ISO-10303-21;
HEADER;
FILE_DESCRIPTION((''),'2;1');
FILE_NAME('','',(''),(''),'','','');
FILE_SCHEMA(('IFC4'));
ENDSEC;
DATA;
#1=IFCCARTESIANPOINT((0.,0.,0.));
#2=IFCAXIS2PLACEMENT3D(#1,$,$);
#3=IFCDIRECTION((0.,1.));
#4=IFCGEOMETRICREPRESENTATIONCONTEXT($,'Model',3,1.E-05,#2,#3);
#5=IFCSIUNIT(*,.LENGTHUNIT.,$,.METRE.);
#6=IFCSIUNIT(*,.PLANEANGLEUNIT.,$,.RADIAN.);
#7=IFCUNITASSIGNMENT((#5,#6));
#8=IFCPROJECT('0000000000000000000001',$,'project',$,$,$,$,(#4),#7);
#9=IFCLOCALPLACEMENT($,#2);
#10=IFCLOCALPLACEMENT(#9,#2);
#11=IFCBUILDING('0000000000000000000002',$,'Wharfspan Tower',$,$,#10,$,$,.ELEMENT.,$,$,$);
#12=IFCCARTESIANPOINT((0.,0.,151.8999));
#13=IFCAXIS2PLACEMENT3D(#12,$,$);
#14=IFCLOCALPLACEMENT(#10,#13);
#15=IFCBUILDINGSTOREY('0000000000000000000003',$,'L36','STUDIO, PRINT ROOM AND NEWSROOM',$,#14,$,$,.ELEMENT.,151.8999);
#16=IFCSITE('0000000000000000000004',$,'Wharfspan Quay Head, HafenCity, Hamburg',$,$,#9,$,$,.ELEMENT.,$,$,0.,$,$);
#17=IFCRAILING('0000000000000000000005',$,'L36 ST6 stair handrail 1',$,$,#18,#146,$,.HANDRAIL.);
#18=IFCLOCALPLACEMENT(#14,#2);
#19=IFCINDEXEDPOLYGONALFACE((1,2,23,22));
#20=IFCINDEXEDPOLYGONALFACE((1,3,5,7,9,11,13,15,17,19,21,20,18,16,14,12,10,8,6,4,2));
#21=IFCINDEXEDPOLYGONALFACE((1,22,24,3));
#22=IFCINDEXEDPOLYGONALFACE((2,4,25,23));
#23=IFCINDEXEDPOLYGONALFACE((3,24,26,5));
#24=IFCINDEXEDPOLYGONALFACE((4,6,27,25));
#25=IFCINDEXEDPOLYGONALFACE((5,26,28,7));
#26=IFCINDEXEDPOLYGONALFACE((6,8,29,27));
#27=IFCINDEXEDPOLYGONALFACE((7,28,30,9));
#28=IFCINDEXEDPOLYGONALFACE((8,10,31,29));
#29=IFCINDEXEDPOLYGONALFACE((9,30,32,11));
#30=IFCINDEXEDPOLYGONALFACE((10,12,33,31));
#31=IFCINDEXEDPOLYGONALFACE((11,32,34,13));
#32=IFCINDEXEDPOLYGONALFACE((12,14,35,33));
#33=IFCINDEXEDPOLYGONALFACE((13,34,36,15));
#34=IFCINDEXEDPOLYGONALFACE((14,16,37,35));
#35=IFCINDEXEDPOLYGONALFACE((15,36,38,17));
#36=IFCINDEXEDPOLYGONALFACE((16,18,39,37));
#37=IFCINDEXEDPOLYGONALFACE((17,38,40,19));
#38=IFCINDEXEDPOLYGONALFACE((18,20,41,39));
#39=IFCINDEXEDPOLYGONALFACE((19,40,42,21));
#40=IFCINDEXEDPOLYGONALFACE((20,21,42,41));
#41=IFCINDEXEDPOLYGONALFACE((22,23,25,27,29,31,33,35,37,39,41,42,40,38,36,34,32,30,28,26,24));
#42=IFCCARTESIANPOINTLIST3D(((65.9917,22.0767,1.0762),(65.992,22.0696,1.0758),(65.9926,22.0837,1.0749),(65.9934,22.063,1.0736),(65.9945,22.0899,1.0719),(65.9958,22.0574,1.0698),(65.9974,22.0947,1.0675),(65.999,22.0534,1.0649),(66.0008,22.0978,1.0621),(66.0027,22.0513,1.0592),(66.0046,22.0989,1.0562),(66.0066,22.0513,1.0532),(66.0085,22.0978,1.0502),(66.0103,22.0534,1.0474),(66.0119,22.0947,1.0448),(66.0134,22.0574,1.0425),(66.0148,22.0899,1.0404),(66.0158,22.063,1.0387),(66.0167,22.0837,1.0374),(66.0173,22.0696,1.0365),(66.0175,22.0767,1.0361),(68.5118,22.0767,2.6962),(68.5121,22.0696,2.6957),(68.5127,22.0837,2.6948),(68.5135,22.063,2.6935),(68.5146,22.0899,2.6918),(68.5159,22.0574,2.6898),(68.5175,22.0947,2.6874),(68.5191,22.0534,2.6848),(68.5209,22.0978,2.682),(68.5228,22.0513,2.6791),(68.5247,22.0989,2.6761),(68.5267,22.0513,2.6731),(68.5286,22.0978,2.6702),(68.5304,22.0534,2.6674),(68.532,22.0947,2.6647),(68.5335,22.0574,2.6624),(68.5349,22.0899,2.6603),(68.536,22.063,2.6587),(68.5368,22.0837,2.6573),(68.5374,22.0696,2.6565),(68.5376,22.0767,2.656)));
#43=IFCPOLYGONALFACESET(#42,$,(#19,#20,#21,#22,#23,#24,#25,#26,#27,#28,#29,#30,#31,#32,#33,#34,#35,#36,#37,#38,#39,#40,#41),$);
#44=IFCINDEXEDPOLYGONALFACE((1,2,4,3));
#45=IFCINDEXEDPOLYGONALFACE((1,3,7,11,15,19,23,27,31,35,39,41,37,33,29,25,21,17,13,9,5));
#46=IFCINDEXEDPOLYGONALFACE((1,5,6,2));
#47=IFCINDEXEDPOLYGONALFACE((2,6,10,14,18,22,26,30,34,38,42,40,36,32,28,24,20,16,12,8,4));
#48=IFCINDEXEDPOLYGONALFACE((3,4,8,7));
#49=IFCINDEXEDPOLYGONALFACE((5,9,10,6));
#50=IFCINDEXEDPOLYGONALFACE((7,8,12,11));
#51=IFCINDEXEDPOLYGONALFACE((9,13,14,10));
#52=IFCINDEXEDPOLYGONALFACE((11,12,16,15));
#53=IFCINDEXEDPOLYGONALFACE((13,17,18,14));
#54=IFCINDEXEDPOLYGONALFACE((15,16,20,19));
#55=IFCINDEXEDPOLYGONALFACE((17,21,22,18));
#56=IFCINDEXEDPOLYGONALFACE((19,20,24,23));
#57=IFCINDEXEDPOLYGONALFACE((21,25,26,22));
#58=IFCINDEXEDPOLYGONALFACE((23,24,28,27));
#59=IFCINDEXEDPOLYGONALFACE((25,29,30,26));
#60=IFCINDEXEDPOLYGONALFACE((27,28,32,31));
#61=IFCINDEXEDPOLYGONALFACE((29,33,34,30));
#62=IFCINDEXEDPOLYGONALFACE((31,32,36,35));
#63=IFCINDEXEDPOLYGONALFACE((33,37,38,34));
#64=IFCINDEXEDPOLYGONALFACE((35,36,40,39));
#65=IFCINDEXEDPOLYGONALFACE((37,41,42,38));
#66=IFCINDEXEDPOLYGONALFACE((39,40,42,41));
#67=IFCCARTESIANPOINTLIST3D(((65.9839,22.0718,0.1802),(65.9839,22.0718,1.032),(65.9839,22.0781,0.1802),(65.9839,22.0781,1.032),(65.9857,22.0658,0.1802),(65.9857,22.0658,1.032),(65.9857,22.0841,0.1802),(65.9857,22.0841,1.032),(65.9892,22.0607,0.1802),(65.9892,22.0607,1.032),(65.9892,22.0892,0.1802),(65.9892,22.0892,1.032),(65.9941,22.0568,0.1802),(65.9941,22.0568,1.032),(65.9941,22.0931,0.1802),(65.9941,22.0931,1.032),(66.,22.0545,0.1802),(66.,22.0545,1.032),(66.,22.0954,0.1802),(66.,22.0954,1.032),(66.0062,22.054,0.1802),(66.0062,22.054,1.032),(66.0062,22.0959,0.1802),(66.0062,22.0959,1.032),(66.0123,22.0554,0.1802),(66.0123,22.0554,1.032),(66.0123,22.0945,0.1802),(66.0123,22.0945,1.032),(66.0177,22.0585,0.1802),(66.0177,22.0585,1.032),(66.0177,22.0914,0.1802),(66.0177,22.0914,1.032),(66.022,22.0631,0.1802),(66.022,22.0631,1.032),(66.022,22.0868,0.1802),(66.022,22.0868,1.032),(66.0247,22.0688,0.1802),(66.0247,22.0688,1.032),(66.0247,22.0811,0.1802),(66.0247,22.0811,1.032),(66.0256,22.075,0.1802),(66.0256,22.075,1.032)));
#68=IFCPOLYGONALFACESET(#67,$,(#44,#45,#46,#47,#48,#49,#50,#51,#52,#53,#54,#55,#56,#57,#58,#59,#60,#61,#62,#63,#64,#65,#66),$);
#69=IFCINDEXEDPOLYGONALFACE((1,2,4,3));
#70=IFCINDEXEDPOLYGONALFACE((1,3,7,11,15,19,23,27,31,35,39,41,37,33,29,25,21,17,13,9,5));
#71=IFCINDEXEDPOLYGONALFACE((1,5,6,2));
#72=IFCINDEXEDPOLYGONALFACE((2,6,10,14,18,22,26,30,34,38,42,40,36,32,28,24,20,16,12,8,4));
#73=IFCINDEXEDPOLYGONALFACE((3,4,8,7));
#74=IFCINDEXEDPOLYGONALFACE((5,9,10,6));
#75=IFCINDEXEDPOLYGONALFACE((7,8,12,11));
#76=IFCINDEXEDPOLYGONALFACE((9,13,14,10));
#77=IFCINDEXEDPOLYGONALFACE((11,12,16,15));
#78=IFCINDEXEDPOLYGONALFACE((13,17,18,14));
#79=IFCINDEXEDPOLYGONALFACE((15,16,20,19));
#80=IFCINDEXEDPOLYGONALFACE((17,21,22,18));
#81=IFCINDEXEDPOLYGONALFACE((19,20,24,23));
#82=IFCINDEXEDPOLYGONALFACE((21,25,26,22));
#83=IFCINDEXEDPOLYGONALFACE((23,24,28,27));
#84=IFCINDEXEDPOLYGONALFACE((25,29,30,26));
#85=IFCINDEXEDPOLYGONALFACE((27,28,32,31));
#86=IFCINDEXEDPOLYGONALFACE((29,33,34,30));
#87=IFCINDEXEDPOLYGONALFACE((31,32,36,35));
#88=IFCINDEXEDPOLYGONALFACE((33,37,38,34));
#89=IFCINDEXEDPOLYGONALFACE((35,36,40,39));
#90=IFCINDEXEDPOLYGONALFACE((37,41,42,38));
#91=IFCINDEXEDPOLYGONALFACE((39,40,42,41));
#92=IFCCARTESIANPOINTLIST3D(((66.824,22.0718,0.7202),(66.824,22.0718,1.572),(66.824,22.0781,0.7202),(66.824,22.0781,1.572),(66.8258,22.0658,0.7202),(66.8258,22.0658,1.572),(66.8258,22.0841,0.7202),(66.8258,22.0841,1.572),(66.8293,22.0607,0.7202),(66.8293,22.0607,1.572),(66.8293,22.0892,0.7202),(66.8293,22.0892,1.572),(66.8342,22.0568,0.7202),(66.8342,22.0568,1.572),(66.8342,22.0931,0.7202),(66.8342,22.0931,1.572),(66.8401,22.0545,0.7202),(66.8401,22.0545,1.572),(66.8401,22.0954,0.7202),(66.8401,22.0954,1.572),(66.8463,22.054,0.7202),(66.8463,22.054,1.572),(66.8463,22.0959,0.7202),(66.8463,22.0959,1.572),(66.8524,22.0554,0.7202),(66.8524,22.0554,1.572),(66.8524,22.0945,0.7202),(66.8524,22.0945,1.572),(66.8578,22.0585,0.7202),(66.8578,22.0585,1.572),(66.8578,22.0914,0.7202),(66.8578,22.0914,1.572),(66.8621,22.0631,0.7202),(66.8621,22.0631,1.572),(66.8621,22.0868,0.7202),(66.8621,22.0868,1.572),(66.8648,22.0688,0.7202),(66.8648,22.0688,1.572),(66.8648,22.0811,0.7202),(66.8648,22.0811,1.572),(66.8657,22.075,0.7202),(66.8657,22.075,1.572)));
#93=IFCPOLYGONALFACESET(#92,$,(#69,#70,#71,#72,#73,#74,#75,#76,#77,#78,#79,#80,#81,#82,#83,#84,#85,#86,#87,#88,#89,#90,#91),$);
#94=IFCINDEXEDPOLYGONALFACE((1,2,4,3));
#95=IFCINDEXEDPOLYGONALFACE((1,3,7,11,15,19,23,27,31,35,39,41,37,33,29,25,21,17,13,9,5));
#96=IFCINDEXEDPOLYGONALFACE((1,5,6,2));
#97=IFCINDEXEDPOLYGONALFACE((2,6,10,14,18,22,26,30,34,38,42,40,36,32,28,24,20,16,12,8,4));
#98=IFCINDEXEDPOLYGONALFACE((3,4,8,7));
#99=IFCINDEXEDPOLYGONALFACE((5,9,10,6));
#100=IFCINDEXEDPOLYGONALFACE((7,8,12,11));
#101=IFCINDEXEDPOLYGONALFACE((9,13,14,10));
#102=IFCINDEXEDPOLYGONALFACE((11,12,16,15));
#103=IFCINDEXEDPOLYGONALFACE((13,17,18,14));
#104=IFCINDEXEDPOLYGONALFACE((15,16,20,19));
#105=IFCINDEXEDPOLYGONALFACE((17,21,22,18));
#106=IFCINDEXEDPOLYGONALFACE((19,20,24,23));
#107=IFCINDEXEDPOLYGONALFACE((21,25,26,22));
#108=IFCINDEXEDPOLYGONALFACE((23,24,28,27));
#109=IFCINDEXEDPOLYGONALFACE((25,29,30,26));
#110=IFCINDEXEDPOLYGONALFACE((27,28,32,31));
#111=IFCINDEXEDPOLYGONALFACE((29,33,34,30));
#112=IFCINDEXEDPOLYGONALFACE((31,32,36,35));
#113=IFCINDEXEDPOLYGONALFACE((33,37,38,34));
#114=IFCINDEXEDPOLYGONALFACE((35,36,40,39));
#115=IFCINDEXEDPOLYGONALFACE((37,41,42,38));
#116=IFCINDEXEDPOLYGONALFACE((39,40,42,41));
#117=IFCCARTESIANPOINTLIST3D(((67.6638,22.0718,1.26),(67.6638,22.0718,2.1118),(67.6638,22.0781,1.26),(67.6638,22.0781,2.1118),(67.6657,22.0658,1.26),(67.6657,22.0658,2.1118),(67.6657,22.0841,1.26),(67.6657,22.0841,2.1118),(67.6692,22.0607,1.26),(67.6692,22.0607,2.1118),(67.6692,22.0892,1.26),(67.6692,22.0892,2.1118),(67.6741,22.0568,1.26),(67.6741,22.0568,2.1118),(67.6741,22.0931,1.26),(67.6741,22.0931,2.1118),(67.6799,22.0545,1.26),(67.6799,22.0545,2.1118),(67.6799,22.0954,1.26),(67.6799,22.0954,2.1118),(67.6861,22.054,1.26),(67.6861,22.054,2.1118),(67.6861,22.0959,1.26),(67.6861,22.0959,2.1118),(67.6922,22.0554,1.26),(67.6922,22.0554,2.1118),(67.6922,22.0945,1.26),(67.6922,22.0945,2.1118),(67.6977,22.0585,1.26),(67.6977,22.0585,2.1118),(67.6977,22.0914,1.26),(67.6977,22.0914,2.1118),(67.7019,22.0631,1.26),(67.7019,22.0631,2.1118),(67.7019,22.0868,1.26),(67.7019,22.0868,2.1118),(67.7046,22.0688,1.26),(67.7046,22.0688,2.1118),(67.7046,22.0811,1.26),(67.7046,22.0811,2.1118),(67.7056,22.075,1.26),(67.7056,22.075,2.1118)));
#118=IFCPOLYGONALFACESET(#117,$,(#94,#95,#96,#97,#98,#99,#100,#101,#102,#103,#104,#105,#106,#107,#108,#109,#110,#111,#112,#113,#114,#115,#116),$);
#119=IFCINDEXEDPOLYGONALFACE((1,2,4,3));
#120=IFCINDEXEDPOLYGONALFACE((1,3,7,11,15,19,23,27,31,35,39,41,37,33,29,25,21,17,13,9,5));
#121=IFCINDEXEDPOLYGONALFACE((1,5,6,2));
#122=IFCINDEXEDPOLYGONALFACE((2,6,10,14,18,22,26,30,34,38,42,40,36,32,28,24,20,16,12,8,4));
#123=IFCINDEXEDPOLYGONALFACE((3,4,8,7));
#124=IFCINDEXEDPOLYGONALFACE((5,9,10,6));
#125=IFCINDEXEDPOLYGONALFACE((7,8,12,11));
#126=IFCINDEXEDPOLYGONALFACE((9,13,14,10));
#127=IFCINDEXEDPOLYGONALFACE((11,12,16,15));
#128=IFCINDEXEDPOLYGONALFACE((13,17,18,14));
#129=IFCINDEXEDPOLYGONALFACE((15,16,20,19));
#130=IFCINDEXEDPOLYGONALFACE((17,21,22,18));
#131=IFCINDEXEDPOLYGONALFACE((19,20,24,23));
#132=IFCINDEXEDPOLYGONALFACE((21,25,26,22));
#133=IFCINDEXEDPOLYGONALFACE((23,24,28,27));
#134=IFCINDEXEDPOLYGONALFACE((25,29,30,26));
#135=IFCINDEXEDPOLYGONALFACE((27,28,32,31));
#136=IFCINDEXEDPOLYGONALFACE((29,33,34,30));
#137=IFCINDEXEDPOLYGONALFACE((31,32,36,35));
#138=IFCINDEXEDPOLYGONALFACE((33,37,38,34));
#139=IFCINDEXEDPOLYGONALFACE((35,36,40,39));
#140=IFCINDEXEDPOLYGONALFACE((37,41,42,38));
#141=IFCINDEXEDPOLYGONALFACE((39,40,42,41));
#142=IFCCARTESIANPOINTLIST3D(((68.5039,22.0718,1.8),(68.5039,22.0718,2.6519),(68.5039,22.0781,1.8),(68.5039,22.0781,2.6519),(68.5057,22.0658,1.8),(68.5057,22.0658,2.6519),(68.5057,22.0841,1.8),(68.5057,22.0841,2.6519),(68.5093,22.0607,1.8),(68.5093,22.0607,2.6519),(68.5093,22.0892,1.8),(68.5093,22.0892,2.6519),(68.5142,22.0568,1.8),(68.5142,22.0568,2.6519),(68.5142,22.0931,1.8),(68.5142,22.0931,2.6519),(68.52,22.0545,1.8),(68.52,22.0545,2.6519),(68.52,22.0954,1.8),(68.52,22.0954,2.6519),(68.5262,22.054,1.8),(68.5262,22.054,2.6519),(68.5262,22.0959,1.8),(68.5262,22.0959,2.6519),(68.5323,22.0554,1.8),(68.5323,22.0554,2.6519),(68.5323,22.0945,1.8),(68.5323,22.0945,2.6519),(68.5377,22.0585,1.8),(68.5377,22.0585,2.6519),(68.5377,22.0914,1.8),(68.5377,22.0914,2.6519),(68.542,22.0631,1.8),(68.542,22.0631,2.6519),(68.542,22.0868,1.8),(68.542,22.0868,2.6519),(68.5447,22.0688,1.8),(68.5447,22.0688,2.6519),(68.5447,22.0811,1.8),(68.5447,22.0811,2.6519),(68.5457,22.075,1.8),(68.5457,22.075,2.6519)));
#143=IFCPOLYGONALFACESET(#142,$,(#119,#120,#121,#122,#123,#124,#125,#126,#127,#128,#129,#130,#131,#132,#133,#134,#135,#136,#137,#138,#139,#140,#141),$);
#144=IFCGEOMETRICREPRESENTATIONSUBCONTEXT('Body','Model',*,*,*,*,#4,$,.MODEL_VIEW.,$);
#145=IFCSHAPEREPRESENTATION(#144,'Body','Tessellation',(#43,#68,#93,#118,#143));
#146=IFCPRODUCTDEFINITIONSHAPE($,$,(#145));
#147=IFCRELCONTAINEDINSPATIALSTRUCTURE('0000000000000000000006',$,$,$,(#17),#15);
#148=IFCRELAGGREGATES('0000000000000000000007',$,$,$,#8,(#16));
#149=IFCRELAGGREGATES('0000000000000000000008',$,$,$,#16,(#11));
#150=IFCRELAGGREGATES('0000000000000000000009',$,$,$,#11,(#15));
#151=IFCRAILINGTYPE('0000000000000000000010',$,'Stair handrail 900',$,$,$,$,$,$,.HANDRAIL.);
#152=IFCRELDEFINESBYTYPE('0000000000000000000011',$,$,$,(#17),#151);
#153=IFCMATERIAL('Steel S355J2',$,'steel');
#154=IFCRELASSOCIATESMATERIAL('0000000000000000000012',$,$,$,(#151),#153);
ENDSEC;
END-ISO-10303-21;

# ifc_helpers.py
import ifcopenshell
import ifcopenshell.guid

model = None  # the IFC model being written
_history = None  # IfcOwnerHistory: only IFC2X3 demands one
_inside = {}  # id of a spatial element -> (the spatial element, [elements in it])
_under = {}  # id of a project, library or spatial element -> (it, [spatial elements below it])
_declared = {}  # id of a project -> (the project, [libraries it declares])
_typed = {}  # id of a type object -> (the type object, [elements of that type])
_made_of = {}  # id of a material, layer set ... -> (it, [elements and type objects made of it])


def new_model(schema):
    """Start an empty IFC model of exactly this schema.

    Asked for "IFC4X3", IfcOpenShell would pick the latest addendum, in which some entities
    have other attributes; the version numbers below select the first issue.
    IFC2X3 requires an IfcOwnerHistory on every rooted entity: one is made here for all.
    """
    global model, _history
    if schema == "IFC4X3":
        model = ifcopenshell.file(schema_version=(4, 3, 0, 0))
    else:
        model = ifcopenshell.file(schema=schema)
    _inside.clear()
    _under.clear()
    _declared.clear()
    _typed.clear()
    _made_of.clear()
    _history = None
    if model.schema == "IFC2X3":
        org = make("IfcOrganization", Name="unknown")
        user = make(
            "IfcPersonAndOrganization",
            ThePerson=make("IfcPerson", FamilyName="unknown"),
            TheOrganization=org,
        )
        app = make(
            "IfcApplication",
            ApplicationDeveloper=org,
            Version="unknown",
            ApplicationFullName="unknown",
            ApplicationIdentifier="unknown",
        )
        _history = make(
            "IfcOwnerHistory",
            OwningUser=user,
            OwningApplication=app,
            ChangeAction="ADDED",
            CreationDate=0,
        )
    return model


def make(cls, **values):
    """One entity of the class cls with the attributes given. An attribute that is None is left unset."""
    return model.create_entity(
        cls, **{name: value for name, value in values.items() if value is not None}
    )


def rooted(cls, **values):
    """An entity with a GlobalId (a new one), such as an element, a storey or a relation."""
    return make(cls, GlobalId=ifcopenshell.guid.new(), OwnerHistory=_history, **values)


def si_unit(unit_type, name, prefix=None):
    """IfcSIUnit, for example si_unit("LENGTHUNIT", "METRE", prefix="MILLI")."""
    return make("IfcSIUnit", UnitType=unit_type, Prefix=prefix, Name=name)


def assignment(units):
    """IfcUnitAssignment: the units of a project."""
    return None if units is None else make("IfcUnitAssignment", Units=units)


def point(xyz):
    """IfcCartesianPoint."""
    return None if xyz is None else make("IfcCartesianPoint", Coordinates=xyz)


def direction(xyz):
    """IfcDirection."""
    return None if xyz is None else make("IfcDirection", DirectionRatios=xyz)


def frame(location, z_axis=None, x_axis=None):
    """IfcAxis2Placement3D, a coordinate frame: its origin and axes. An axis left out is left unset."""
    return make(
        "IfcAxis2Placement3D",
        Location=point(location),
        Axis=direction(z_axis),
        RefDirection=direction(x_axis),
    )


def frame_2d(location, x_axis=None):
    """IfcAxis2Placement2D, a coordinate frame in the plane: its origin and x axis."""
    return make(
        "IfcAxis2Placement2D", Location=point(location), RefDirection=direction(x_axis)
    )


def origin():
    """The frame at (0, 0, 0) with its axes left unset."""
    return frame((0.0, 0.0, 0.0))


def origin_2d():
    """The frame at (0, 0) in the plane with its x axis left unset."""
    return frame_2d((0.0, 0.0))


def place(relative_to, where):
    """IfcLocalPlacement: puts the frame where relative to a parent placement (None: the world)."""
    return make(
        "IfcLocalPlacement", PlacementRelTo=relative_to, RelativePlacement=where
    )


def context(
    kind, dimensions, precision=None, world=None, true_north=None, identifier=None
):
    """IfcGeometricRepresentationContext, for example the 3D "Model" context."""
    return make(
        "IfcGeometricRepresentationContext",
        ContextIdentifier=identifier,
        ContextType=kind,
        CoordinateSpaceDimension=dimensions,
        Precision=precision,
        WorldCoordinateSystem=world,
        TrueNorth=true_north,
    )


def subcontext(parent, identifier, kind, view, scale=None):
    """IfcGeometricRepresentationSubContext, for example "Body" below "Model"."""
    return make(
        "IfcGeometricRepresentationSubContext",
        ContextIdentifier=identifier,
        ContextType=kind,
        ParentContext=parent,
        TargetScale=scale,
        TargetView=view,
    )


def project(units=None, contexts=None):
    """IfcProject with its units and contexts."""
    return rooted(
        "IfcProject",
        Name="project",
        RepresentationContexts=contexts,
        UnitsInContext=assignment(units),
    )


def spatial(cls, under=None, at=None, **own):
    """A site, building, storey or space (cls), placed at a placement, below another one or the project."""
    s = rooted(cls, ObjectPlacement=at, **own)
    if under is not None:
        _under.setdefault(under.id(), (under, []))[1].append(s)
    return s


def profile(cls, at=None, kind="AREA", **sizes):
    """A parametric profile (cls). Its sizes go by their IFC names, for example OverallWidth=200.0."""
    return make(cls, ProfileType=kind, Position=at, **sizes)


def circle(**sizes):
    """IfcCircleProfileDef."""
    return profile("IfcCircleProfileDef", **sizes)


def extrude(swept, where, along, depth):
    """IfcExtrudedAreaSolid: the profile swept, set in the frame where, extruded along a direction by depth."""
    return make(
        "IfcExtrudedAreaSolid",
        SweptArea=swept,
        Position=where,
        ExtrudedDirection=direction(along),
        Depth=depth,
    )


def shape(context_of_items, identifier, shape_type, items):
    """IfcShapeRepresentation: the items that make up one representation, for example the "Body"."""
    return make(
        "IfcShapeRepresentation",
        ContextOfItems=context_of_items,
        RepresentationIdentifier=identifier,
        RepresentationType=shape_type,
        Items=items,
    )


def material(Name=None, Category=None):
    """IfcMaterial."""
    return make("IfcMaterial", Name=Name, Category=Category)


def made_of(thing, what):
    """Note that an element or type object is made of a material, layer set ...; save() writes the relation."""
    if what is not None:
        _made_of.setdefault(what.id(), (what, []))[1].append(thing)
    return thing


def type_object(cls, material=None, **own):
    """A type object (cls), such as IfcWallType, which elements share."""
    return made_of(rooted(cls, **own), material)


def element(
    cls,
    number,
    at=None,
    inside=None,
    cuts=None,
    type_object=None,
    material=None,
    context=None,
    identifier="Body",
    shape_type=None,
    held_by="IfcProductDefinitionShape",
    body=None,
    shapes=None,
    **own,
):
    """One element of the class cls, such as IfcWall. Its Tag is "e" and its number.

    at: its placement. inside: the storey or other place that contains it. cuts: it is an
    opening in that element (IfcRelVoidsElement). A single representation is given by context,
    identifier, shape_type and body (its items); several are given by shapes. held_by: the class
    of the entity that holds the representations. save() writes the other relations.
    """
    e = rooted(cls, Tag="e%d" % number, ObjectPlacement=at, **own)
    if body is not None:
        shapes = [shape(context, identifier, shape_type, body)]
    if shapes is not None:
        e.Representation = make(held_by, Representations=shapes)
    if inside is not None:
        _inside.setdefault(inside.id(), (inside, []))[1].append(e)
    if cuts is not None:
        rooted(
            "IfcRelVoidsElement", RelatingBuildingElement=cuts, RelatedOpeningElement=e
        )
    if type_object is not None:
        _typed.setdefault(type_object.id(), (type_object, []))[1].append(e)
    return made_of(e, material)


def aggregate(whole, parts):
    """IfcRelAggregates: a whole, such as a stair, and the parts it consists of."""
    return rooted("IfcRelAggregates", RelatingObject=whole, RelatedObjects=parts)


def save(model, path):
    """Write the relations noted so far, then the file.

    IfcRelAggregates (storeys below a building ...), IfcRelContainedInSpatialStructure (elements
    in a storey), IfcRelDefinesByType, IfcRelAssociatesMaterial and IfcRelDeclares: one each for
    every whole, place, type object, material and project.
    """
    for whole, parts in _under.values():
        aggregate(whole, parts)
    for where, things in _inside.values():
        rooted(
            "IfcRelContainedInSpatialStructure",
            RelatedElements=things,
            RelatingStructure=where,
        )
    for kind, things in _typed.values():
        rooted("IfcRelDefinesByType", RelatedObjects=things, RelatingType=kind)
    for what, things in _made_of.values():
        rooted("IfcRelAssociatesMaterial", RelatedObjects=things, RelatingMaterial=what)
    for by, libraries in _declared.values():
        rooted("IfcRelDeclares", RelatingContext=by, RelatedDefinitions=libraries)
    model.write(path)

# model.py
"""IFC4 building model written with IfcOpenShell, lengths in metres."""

from ifc_helpers import new_model, si_unit, direction, frame, origin, origin_2d, place, context, subcontext, project, spatial, circle, extrude, material, type_object, element, save


model = new_model("IFC4")

# Units and contexts
model_context = context("Model", 3, precision=1e-05, world=origin(), true_north=direction((0.0, 1.0)))
body_context = subcontext(model_context, "Body", "Model", "MODEL_VIEW")
ifc_project = project(units=[si_unit("LENGTHUNIT", "METRE"), si_unit("PLANEANGLEUNIT", "RADIAN")], contexts=[model_context])

# Site, building, storey
site_placement = place(None, origin())
site = spatial("IfcSite", under=ifc_project, at=site_placement, Name="Wharfspan Quay Head, HafenCity, Hamburg", CompositionType="ELEMENT", RefElevation=0.0)
building_placement = place(site_placement, origin())
building = spatial("IfcBuilding", under=site, at=building_placement, Name="Wharfspan Tower", CompositionType="ELEMENT")
storey_placement = place(building_placement, frame((0.0, 0.0, 151.8999)))
storey = spatial("IfcBuildingStorey", under=building, at=storey_placement, Name="L36", Description="STUDIO, PRINT ROOM AND NEWSROOM", CompositionType="ELEMENT", Elevation=151.8999)

# Shared definitions
ifc_material_1 = material(Name="Steel S355J2", Category="steel")

# Railing
railing_type_1 = type_object("IfcRailingType", Name="Stair handrail 900", PredefinedType="HANDRAIL", material=ifc_material_1)
railing_1_placement = place(storey_placement, frame((66.0046, 22.075, 0.1802)))
element("IfcRailing", 1, at=railing_1_placement, inside=storey, type_object=railing_type_1, Name="L36 ST6 stair handrail 1", PredefinedType="HANDRAIL", context=body_context, shape_type="SweptSolid", body=[
    extrude(circle(Radius=0.0239, at=origin_2d()), frame((0.0, 0.0, 0.876), z_axis=(0.8412, 0.0, 0.540725), x_axis=(0.0, 1.0, 0.0)), (0.0, 0.0, 1.0), 2.9958),
    extrude(circle(Radius=0.021, at=origin_2d()), origin(), (0.0, 0.0, 1.0), 0.8518),
    extrude(circle(Radius=0.021, at=origin_2d()), frame((0.8401, 0.0, 0.54)), (0.0, 0.0, 1.0), 0.8518),
    extrude(circle(Radius=0.021, at=origin_2d()), frame((1.6799, 0.0, 1.0798)), (0.0, 0.0, 1.0), 0.8518),
    extrude(circle(Radius=0.021, at=origin_2d()), frame((2.52, 0.0, 1.6199)), (0.0, 0.0, 1.0), 0.8518),
])

save(model, "model.ifc")
